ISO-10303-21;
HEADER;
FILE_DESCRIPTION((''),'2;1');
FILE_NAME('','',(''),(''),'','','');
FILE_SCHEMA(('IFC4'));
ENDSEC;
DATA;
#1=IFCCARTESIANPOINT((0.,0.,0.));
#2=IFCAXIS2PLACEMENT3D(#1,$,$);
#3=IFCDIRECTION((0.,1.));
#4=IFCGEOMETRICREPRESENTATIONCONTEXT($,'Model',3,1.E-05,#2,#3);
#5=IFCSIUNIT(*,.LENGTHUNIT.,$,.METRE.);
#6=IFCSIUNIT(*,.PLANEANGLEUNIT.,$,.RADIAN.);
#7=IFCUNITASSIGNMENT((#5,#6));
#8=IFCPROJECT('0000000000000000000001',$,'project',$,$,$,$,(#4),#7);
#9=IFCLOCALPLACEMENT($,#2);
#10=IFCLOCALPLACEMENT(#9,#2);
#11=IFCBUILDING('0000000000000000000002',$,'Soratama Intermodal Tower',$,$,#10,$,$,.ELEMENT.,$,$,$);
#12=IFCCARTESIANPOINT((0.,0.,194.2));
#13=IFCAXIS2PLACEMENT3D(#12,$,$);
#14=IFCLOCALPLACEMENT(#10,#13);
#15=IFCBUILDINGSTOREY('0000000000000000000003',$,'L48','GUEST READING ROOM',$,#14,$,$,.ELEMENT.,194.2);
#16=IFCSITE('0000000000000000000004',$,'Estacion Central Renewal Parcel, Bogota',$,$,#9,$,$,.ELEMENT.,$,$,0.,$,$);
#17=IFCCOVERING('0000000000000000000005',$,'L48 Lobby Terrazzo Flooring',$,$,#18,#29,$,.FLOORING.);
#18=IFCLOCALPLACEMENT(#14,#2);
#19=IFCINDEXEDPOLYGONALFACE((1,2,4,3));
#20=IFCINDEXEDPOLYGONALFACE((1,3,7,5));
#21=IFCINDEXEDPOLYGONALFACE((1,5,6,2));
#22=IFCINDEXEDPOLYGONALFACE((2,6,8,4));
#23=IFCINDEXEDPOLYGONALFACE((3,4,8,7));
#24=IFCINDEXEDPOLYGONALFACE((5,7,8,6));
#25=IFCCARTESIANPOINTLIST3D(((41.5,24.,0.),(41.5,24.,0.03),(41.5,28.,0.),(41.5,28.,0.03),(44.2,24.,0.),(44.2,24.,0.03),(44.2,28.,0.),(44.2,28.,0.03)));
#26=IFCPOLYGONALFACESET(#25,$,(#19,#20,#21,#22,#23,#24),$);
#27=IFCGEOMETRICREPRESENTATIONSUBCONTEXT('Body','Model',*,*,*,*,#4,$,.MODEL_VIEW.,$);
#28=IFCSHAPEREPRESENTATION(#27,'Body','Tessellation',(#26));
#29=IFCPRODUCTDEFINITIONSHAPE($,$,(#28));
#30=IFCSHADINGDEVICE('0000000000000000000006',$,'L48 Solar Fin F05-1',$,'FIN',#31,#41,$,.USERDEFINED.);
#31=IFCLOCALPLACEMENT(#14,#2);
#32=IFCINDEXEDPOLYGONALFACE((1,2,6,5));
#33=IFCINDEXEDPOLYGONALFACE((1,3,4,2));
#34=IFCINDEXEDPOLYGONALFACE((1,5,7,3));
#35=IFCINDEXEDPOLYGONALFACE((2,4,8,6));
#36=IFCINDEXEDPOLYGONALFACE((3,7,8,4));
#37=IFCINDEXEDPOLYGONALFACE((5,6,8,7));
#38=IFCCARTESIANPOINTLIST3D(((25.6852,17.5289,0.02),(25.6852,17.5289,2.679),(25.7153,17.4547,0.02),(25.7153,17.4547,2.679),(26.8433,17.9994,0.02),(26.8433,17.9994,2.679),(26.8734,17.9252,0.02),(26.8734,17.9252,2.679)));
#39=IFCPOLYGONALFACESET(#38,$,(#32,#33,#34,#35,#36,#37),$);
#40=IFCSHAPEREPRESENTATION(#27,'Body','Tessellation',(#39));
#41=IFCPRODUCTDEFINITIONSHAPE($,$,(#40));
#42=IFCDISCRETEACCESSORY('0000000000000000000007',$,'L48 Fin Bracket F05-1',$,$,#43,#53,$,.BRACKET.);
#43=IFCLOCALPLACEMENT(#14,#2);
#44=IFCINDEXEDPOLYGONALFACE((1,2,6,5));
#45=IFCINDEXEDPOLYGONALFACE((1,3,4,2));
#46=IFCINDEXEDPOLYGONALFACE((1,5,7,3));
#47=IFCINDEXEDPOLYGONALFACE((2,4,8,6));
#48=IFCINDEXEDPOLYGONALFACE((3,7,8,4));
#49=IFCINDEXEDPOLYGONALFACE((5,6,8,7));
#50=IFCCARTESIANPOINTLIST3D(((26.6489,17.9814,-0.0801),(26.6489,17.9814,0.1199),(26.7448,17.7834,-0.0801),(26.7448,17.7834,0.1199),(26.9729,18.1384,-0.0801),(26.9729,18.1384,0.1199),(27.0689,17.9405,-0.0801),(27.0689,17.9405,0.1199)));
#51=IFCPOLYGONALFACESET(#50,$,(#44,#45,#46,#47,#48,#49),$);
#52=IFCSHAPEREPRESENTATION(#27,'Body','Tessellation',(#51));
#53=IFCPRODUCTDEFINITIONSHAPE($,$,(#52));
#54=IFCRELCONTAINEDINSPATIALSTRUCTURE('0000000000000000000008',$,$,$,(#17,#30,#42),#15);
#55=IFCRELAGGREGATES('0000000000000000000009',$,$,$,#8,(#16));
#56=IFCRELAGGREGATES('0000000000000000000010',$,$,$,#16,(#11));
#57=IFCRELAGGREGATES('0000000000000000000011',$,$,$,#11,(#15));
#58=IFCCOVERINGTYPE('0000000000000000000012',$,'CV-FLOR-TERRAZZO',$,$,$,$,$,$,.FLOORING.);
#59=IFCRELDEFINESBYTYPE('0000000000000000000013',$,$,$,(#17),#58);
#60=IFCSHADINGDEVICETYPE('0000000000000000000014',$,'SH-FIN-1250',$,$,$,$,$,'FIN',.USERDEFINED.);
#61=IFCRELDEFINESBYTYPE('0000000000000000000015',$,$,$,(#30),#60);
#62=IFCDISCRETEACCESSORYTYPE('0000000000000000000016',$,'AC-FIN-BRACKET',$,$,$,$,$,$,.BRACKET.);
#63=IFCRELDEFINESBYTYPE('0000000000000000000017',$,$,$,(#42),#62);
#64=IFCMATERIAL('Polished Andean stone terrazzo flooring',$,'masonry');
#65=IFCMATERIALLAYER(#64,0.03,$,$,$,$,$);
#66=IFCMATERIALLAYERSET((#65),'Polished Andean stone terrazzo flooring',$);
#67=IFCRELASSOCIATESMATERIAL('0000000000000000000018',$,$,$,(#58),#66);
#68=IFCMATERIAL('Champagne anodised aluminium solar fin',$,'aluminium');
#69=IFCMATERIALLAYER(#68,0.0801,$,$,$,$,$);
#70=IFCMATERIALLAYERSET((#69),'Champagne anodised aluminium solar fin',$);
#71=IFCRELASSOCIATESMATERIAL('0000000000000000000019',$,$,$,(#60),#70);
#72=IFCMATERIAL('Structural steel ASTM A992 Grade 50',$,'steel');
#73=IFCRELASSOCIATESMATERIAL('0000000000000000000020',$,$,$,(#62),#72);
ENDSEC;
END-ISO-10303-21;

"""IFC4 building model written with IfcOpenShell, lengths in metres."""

from ifc_helpers import new_model, si_unit, direction, frame, origin, origin_2d, place, context, subcontext, project, spatial, polyline, rectangle, outline, extrude, material, layer, layer_set, type_object, element, save


model = new_model("IFC4")

# Units and contexts
model_context = context("Model", 3, precision=1e-05, world=origin(), true_north=direction((0.0, 1.0)))
body_context = subcontext(model_context, "Body", "Model", "MODEL_VIEW")
ifc_project = project(units=[si_unit("LENGTHUNIT", "METRE"), si_unit("PLANEANGLEUNIT", "RADIAN")], contexts=[model_context])

# Site, building, storey
site_placement = place(None, origin())
site = spatial("IfcSite", under=ifc_project, at=site_placement, Name="Estacion Central Renewal Parcel, Bogota", CompositionType="ELEMENT", RefElevation=0.0)
building_placement = place(site_placement, origin())
building = spatial("IfcBuilding", under=site, at=building_placement, Name="Soratama Intermodal Tower", CompositionType="ELEMENT")
storey_placement = place(building_placement, frame((0.0, 0.0, 194.2)))
storey = spatial("IfcBuildingStorey", under=building, at=storey_placement, Name="L48", Description="GUEST READING ROOM", CompositionType="ELEMENT", Elevation=194.2)

# Covering
ifc_material_1 = material(Name="Polished Andean stone terrazzo flooring", Category="masonry")
ifc_layer_1 = layer(ifc_material_1, 0.03)
ifc_layer_set_1 = layer_set([ifc_layer_1], Name="Polished Andean stone terrazzo flooring")
covering_type_1 = type_object("IfcCoveringType", Name="CV-FLOR-TERRAZZO", PredefinedType="FLOORING", material=ifc_layer_set_1)
covering_1_placement = place(storey_placement, origin())
element("IfcCovering", 1, at=covering_1_placement, inside=storey, type_object=covering_type_1, Name="L48 Lobby Terrazzo Flooring", PredefinedType="FLOORING", context=body_context, shape_type="SweptSolid", body=[
    extrude(outline(polyline([(41.5, 24.0), (44.2, 24.0), (44.2, 28.0), (41.5, 28.0), (41.5, 24.0)])), origin(), (0.0, 0.0, 1.0), 0.03),
])

# Shading device
ifc_material_2 = material(Name="Champagne anodised aluminium solar fin", Category="aluminium")
ifc_layer_2 = layer(ifc_material_2, 0.0801)
ifc_layer_set_2 = layer_set([ifc_layer_2], Name="Champagne anodised aluminium solar fin")
shading_device_type = type_object("IfcShadingDeviceType", Name="SH-FIN-1250", ElementType="FIN", PredefinedType="USERDEFINED", material=ifc_layer_set_2)
shading_device_placement = place(storey_placement, frame((26.2793, 17.7271, 0.02), z_axis=(0.0, 0.0, 1.0), x_axis=(-0.926463, -0.376386, 0.0)))
element("IfcShadingDevice", 2, at=shading_device_placement, inside=storey, type_object=shading_device_type, Name="L48 Solar Fin F05-1", ObjectType="FIN", PredefinedType="USERDEFINED", context=body_context, shape_type="SweptSolid", body=[
    extrude(rectangle(XDim=1.25, YDim=0.0801, at=origin_2d()), origin(), (0.0, 0.0, 1.0), 2.6589),
])

# Discrete accessory
ifc_material_3 = material(Name="Structural steel ASTM A992 Grade 50", Category="steel")
discrete_accessory_type = type_object("IfcDiscreteAccessoryType", Name="AC-FIN-BRACKET", PredefinedType="BRACKET", material=ifc_material_3)
discrete_accessory_placement = place(storey_placement, frame((26.8589, 17.9609, -0.0801), z_axis=(0.0, 0.0, 1.0), x_axis=(-0.899863, -0.436174, 0.0)))
element("IfcDiscreteAccessory", 3, at=discrete_accessory_placement, inside=storey, type_object=discrete_accessory_type, Name="L48 Fin Bracket F05-1", PredefinedType="BRACKET", context=body_context, shape_type="SweptSolid", body=[
    extrude(rectangle(XDim=0.3601, YDim=0.22, at=origin_2d()), origin(), (0.0, 0.0, 1.0), 0.2),
])

save(model, "model.ifc")
